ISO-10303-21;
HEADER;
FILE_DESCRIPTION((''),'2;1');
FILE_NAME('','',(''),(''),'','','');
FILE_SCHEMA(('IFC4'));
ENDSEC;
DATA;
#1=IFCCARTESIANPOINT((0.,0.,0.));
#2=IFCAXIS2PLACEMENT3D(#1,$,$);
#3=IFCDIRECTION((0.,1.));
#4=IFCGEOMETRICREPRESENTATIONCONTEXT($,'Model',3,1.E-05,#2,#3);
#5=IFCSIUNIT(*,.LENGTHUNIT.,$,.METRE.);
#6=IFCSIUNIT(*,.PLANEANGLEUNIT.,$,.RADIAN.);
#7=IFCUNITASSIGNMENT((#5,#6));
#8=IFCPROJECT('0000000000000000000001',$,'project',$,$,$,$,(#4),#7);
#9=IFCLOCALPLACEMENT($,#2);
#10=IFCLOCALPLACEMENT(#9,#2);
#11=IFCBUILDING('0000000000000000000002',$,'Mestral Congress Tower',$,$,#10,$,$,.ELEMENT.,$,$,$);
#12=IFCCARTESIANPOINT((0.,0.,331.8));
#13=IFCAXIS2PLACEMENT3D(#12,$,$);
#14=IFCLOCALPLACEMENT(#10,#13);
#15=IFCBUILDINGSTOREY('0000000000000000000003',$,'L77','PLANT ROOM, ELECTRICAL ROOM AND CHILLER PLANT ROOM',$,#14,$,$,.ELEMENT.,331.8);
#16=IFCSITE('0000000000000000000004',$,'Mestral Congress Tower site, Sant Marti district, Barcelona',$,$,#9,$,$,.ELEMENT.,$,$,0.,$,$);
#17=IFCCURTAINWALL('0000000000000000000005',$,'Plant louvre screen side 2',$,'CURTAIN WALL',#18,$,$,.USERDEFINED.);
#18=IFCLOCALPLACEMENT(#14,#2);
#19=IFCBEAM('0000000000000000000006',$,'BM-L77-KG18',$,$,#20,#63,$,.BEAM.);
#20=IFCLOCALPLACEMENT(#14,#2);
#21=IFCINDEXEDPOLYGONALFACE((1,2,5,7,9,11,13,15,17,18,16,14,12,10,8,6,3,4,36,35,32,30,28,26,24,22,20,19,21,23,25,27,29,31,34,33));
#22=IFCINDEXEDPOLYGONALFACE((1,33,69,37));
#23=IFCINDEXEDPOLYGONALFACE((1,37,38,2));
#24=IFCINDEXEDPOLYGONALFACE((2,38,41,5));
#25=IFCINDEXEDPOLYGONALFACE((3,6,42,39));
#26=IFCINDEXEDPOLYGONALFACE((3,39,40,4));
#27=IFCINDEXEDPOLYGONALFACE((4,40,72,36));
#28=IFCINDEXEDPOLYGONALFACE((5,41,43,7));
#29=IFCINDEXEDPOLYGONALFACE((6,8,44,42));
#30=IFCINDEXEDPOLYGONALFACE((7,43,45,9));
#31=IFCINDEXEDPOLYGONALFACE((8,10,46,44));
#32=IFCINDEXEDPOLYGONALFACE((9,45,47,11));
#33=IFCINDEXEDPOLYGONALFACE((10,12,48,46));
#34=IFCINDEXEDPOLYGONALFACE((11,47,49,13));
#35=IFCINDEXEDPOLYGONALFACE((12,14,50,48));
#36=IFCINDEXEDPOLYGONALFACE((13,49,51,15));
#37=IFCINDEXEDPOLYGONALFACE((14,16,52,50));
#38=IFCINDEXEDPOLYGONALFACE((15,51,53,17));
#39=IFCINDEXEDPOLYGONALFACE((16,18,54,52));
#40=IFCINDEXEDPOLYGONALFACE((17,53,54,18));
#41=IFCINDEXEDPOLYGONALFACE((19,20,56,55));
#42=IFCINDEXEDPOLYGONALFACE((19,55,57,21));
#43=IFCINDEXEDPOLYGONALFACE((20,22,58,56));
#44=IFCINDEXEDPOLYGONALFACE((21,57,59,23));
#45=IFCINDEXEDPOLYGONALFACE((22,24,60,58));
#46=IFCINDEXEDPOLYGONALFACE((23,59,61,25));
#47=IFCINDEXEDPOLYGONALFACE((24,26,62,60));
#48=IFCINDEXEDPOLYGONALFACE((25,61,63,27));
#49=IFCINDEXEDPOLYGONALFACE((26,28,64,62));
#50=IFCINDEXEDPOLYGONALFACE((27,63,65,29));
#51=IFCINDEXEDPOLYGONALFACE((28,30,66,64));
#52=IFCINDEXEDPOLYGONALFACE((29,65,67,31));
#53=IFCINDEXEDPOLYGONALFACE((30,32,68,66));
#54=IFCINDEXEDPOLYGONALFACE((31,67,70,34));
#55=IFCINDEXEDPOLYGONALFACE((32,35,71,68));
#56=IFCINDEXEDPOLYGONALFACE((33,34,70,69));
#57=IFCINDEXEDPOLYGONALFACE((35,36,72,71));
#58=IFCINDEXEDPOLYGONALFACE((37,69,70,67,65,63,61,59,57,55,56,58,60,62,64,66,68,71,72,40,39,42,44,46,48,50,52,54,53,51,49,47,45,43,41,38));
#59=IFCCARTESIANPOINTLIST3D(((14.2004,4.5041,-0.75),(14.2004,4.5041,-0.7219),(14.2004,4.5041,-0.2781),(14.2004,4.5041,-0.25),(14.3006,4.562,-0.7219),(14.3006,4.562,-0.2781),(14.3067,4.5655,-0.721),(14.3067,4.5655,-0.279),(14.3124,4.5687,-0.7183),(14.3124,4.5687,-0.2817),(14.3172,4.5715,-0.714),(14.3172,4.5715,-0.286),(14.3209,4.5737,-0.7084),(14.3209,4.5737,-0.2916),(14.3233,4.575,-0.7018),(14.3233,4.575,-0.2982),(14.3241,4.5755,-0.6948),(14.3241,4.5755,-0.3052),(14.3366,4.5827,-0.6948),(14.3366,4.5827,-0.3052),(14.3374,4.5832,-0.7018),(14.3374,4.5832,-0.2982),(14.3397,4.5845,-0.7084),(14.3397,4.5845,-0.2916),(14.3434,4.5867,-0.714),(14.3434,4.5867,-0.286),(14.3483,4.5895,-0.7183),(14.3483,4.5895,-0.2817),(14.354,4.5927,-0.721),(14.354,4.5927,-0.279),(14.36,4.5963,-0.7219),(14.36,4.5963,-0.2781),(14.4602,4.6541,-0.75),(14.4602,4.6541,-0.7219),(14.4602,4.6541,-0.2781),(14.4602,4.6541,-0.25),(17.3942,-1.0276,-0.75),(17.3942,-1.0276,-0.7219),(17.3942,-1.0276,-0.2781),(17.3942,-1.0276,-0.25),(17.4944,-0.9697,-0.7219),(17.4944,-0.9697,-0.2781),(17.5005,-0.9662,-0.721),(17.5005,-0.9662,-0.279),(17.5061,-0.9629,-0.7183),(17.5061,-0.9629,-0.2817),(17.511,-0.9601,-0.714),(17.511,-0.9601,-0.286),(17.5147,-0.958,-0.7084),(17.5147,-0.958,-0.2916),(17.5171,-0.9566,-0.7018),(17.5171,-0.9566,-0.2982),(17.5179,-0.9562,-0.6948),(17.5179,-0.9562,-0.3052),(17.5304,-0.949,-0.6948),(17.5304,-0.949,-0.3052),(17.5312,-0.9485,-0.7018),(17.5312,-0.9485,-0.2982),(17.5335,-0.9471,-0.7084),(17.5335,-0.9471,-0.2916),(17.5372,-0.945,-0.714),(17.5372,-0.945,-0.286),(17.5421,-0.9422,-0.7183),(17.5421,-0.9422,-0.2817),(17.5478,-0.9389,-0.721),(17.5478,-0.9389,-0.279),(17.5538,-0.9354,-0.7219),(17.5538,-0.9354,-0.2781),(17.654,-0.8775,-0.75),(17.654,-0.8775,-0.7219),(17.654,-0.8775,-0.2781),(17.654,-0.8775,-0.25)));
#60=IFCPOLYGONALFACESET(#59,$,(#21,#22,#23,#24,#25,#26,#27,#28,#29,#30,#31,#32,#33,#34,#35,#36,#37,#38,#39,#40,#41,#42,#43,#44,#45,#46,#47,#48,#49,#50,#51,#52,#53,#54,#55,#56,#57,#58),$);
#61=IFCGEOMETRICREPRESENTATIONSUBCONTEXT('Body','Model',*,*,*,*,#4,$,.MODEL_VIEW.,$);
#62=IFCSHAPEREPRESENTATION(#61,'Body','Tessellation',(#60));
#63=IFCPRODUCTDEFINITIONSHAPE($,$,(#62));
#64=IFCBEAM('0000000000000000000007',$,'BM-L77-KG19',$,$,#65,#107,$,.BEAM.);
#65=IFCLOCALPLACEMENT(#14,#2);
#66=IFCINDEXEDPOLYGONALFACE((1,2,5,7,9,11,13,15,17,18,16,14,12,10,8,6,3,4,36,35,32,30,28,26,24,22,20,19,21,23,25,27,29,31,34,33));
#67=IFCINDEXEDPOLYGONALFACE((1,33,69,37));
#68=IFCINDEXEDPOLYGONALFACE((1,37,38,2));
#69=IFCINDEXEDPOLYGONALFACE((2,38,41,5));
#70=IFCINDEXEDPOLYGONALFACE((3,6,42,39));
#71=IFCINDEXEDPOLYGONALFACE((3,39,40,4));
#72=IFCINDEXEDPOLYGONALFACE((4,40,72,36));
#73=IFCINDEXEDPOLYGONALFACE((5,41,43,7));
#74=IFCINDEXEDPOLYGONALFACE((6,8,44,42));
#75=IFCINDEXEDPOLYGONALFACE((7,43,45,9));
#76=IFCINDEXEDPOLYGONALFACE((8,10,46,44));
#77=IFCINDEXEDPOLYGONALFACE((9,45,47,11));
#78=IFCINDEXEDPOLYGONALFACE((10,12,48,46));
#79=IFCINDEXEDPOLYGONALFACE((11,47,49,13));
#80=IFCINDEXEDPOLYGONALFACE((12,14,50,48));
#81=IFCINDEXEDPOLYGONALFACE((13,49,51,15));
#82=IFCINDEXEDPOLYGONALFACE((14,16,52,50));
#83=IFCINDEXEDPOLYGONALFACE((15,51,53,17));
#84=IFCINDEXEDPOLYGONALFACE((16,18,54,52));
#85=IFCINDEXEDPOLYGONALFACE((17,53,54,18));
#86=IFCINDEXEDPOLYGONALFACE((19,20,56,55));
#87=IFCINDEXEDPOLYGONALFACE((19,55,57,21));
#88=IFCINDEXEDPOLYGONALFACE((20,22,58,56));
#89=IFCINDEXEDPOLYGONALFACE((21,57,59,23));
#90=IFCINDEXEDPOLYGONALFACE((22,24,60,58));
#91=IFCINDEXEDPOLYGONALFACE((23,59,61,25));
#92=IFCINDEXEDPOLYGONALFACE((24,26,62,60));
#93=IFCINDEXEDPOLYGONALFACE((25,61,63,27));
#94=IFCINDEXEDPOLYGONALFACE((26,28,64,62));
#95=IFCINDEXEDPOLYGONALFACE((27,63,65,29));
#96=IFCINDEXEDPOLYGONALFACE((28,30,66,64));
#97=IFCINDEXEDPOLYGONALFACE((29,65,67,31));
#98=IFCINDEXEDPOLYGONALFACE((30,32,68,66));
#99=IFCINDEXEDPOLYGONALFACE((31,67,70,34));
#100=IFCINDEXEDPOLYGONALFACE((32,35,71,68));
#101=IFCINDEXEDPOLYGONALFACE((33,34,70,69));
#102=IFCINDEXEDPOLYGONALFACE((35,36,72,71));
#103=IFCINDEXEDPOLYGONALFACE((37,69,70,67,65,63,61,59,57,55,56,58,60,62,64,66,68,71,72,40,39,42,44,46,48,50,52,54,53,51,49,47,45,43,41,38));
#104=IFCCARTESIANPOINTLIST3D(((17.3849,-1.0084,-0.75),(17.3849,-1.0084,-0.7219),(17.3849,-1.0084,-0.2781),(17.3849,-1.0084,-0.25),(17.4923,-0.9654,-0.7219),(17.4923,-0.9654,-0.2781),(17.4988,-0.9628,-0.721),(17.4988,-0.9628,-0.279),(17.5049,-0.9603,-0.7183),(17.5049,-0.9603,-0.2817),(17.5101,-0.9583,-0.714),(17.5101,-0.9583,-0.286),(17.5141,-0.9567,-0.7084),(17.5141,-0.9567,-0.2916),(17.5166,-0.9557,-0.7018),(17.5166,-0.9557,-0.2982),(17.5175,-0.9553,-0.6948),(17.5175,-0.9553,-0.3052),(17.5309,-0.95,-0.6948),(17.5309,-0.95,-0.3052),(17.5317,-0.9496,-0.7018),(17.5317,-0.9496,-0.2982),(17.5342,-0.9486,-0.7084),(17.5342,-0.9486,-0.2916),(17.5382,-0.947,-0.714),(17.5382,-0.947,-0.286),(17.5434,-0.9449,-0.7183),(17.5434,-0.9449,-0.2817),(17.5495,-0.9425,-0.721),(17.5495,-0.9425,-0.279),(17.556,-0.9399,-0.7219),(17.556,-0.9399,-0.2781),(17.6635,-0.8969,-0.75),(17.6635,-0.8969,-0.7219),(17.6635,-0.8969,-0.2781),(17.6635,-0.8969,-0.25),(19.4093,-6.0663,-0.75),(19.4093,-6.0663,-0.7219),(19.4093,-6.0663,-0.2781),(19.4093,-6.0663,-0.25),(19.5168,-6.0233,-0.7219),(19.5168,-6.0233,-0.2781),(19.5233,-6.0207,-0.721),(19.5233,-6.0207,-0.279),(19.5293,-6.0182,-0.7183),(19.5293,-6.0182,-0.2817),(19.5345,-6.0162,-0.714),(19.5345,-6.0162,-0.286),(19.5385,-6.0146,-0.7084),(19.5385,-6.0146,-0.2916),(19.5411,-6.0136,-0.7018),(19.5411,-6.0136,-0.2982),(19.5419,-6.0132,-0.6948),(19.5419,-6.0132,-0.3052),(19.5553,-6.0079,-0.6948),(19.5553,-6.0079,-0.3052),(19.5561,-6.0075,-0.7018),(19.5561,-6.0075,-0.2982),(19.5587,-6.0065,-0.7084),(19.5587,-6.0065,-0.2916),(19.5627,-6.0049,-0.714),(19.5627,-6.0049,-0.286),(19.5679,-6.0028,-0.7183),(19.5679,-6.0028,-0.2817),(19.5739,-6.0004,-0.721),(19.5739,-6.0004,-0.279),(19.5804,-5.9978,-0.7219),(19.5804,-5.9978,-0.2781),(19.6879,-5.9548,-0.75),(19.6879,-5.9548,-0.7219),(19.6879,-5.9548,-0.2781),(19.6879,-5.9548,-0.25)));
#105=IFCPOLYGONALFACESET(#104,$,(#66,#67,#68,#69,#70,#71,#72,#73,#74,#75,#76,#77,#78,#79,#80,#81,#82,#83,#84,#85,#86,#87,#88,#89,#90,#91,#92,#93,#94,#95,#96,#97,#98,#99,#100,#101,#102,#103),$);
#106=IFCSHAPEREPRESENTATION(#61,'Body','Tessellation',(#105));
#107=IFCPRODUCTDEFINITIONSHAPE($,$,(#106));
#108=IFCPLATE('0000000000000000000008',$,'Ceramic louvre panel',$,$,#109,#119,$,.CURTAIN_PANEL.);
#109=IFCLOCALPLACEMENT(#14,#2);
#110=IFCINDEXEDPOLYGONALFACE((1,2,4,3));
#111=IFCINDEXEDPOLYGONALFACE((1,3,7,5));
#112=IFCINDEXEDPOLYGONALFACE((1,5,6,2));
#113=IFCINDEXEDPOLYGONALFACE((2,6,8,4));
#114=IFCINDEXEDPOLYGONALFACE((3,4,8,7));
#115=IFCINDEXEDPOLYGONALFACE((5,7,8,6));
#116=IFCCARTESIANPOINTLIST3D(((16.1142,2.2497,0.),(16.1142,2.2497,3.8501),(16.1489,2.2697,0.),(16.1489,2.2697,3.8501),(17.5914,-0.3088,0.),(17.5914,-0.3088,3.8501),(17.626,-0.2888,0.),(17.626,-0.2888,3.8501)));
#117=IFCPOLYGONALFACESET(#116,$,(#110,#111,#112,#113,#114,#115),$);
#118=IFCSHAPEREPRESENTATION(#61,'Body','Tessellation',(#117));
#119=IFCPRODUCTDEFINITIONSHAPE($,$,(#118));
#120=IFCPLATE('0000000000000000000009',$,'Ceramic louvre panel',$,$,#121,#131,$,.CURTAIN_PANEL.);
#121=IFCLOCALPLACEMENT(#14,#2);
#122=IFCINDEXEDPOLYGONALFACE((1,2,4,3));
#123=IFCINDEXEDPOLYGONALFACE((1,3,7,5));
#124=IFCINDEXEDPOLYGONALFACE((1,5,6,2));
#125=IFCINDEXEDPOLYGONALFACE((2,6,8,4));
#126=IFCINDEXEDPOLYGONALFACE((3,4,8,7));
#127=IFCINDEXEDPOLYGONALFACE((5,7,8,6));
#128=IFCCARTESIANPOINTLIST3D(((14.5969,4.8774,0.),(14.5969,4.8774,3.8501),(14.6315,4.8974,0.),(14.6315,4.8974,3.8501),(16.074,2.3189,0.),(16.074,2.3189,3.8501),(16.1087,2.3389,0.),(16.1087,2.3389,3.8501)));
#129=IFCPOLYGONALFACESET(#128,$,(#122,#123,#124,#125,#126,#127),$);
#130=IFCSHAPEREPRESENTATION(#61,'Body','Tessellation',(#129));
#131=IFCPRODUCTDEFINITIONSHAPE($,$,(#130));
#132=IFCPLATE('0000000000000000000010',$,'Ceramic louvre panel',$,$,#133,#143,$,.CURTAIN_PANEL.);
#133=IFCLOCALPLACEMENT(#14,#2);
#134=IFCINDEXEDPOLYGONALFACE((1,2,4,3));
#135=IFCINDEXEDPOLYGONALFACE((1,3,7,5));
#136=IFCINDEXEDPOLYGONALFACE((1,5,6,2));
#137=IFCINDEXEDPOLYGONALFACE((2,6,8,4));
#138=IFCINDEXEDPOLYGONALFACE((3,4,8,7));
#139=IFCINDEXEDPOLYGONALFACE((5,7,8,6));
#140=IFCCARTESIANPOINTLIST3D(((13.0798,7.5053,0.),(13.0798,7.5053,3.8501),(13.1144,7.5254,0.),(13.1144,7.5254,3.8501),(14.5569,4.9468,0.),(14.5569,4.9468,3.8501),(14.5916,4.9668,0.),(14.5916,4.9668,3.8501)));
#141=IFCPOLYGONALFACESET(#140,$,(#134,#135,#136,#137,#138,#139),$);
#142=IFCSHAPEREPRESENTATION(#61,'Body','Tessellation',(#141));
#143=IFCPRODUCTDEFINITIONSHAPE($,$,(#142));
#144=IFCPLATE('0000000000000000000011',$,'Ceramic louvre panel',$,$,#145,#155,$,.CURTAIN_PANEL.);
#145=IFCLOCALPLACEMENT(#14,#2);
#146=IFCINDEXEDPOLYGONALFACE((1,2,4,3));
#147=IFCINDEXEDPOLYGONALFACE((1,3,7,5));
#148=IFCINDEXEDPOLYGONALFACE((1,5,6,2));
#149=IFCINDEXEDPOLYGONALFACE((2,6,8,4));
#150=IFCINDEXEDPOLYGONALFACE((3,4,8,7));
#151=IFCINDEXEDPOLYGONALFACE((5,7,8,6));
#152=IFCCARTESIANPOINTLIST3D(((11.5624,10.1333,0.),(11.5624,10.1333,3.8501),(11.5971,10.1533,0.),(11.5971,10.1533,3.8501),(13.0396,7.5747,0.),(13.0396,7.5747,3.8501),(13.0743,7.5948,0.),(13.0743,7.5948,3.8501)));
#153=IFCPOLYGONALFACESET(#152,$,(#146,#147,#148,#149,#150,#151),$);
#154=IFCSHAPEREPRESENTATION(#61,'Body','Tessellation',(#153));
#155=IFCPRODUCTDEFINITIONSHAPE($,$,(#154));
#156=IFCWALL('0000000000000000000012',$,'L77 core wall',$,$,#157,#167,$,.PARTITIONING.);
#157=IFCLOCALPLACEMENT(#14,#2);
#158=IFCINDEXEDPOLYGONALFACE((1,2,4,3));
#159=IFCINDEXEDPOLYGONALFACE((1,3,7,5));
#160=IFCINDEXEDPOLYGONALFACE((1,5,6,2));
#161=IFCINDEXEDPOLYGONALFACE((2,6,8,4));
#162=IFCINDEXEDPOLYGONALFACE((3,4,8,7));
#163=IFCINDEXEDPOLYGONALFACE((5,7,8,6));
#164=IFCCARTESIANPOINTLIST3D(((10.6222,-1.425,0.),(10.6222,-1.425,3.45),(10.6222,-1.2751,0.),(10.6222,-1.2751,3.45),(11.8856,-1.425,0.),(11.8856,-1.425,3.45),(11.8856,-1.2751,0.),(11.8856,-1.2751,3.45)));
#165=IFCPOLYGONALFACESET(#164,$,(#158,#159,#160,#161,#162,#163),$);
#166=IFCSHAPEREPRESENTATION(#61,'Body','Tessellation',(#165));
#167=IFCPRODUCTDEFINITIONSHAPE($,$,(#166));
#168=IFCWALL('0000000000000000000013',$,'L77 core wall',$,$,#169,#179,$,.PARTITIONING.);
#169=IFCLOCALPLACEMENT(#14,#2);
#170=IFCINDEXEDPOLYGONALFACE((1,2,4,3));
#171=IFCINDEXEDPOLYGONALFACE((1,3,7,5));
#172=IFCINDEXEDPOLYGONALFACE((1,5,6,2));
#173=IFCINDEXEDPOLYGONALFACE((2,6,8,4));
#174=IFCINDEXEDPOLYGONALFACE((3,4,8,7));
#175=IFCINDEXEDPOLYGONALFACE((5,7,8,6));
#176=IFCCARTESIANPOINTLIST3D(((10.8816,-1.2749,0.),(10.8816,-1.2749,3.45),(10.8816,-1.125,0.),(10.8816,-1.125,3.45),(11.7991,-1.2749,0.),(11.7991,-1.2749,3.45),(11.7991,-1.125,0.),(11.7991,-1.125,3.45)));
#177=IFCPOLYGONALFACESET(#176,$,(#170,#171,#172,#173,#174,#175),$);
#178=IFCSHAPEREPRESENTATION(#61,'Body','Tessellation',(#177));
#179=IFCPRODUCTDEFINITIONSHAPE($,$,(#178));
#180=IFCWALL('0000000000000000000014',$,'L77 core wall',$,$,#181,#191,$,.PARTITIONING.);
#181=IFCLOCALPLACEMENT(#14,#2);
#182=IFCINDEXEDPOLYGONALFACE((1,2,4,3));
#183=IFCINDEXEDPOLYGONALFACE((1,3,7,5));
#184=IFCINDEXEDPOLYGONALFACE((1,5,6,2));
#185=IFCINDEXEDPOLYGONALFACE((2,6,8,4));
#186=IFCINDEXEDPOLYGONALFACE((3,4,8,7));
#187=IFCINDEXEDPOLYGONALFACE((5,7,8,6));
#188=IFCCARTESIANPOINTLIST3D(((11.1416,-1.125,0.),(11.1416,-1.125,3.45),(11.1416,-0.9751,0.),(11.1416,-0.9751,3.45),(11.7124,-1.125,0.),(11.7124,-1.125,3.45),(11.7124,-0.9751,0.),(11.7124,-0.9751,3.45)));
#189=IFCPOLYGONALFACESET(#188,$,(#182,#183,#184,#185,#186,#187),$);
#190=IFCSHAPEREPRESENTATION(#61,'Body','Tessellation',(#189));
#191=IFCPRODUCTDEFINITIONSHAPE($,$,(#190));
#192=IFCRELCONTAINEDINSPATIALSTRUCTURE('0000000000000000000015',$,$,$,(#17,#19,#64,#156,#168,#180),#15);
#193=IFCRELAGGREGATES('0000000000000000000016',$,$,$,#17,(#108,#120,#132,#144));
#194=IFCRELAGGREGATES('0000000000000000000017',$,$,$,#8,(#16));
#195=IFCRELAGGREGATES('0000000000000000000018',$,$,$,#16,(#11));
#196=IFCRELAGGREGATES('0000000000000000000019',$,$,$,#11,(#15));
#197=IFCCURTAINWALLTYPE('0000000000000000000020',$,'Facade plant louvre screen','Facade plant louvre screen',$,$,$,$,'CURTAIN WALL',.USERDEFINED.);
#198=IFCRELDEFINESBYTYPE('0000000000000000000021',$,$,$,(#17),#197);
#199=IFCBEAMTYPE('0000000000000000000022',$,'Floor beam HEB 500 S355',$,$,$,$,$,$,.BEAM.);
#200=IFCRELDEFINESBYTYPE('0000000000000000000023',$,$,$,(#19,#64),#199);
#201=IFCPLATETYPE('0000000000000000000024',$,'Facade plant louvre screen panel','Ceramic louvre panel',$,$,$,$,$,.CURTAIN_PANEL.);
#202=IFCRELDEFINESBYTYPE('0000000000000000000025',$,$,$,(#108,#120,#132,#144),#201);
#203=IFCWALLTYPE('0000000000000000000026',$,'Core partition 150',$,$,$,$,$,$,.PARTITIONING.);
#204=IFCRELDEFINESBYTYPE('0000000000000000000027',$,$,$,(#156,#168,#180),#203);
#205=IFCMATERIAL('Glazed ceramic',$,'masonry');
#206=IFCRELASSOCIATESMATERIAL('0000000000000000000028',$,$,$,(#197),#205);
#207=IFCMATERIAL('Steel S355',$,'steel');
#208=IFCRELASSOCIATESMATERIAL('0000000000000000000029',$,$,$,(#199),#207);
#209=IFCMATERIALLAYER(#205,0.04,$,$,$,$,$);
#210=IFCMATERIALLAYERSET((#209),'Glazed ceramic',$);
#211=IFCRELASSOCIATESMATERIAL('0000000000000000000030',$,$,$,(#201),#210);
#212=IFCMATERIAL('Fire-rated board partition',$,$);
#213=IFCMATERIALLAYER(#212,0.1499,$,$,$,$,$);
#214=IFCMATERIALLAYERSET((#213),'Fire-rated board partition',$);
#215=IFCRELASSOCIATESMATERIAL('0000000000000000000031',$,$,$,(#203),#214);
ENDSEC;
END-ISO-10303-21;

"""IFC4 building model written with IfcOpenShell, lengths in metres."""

from ifc_helpers import new_model, si_unit, direction, frame, frame_2d, origin, origin_2d, place, context, subcontext, project, spatial, rectangle, i_section, extrude, material, layer, layer_set, material_profile, profile_set, type_object, element, aggregate, save


model = new_model("IFC4")

# Units and contexts
model_context = context("Model", 3, precision=1e-05, world=origin(), true_north=direction((0.0, 1.0)))
body_context = subcontext(model_context, "Body", "Model", "MODEL_VIEW")
ifc_project = project(units=[si_unit("LENGTHUNIT", "METRE"), si_unit("PLANEANGLEUNIT", "RADIAN")], contexts=[model_context])

# Site, building, storey
site_placement = place(None, origin())
site = spatial("IfcSite", under=ifc_project, at=site_placement, Name="Mestral Congress Tower site, Sant Marti district, Barcelona", CompositionType="ELEMENT", RefElevation=0.0)
building_placement = place(site_placement, origin())
building = spatial("IfcBuilding", under=site, at=building_placement, Name="Mestral Congress Tower", CompositionType="ELEMENT")
storey_placement = place(building_placement, frame((0.0, 0.0, 331.8)))
storey = spatial("IfcBuildingStorey", under=building, at=storey_placement, Name="L77", Description="PLANT ROOM, ELECTRICAL ROOM AND CHILLER PLANT ROOM", CompositionType="ELEMENT", Elevation=331.8)

# Shared definitions
ifc_material_1 = material(Name="Steel S355", Category="steel")

# Curtain wall
ifc_material_2 = material(Name="Glazed ceramic", Category="masonry")
curtain_wall_type = type_object("IfcCurtainWallType", Name="Facade plant louvre screen", Description="Facade plant louvre screen", ElementType="CURTAIN WALL", PredefinedType="USERDEFINED", material=ifc_material_2)
curtain_wall_placement = place(storey_placement, origin())
curtain_wall = element("IfcCurtainWall", 1, at=curtain_wall_placement, inside=storey, type_object=curtain_wall_type, Name="Plant louvre screen side 2", ObjectType="CURTAIN WALL", PredefinedType="USERDEFINED")

# Beams
ifc_material_profile_1 = material_profile(ifc_material_1, i_section(OverallWidth=0.3, OverallDepth=0.5, WebThickness=0.0144, FlangeThickness=0.0281, FilletRadius=0.0271, at=origin_2d()), Name="HEB 500")
ifc_profile_set_1 = profile_set([ifc_material_profile_1], Name="Steel S355")
beam_type_1 = type_object("IfcBeamType", Name="Floor beam HEB 500 S355", PredefinedType="BEAM", material=ifc_profile_set_1)
beam_1_placement = place(storey_placement, frame((14.3303, 4.5791, -0.5), z_axis=(0.500011, -0.866019, 0.0), x_axis=(0.866019, 0.500011, 0.0)))
element("IfcBeam", 2, at=beam_1_placement, inside=storey, type_object=beam_type_1, Name="BM-L77-KG18", PredefinedType="BEAM", context=body_context, shape_type="SweptSolid", body=[
    extrude(i_section(OverallWidth=0.3, OverallDepth=0.5, WebThickness=0.0144, FlangeThickness=0.0281, FilletRadius=0.0271, at=origin_2d()), origin(), (0.0, 0.0, 1.0), 6.3875),
])
beam_2_placement = place(storey_placement, frame((17.5242, -0.9526, -0.5), z_axis=(0.371592, -0.928396, 0.0), x_axis=(0.928396, 0.371592, 0.0)))
element("IfcBeam", 3, at=beam_2_placement, inside=storey, type_object=beam_type_1, Name="BM-L77-KG19", PredefinedType="BEAM", context=body_context, shape_type="SweptSolid", body=[
    extrude(i_section(OverallWidth=0.3, OverallDepth=0.5, WebThickness=0.0144, FlangeThickness=0.0281, FilletRadius=0.0271, at=origin_2d()), origin(), (0.0, 0.0, 1.0), 5.448),
])

# Plates
ifc_layer_1 = layer(ifc_material_2, 0.04)
ifc_layer_set_1 = layer_set([ifc_layer_1], Name="Glazed ceramic")
plate_type = type_object("IfcPlateType", Name="Facade plant louvre screen panel", Description="Ceramic louvre panel", PredefinedType="CURTAIN_PANEL", material=ifc_layer_set_1)
plate_1_placement = place(storey_placement, frame((16.8701, 0.9805, 0.0), z_axis=(0.0, 0.0, 1.0), x_axis=(-0.500002, 0.866025, 0.0)))
plate_1 = element("IfcPlate", 4, at=plate_1_placement, type_object=plate_type, Name="Ceramic louvre panel", PredefinedType="CURTAIN_PANEL", context=body_context, shape_type="SweptSolid", body=[
    extrude(rectangle(XDim=2.9543, YDim=0.04, at=origin_2d()), origin(), (0.0, 0.0, 1.0), 3.8501),
])
plate_2_placement = place(storey_placement, frame((15.3528, 3.6082, 0.0), z_axis=(0.0, 0.0, 1.0), x_axis=(-0.500002, 0.866025, 0.0)))
plate_2 = element("IfcPlate", 5, at=plate_2_placement, type_object=plate_type, Name="Ceramic louvre panel", PredefinedType="CURTAIN_PANEL", context=body_context, shape_type="SweptSolid", body=[
    extrude(rectangle(XDim=2.9543, YDim=0.04, at=origin_2d()), origin(), (0.0, 0.0, 1.0), 3.8501),
])
plate_3_placement = place(storey_placement, frame((13.8357, 6.2361, 0.0), z_axis=(0.0, 0.0, 1.0), x_axis=(-0.500002, 0.866025, 0.0)))
plate_3 = element("IfcPlate", 6, at=plate_3_placement, type_object=plate_type, Name="Ceramic louvre panel", PredefinedType="CURTAIN_PANEL", context=body_context, shape_type="SweptSolid", body=[
    extrude(rectangle(XDim=2.9543, YDim=0.04, at=origin_2d()), origin(), (0.0, 0.0, 1.0), 3.8501),
])
plate_4_placement = place(storey_placement, frame((12.3184, 8.864, 0.0), z_axis=(0.0, 0.0, 1.0), x_axis=(-0.500002, 0.866025, 0.0)))
plate_4 = element("IfcPlate", 7, at=plate_4_placement, type_object=plate_type, Name="Ceramic louvre panel", PredefinedType="CURTAIN_PANEL", context=body_context, shape_type="SweptSolid", body=[
    extrude(rectangle(XDim=2.9543, YDim=0.04, at=origin_2d()), origin(), (0.0, 0.0, 1.0), 3.8501),
])
aggregate(curtain_wall, [plate_1, plate_2, plate_3, plate_4])

# Walls
ifc_material_3 = material(Name="Fire-rated board partition")
ifc_layer_2 = layer(ifc_material_3, 0.1499)
ifc_layer_set_2 = layer_set([ifc_layer_2], Name="Fire-rated board partition")
wall_type_1 = type_object("IfcWallType", Name="Core partition 150", PredefinedType="PARTITIONING", material=ifc_layer_set_2)
wall_1_placement = place(storey_placement, frame((10.6221, -1.3501, 0.0), z_axis=(0.0, 0.0, 1.0), x_axis=(1.0, 0.0, 0.0)))
element("IfcWall", 8, at=wall_1_placement, inside=storey, type_object=wall_type_1, Name="L77 core wall", PredefinedType="PARTITIONING", context=body_context, shape_type="SweptSolid", body=[
    extrude(rectangle(XDim=1.2634, YDim=0.1499, at=frame_2d((0.6318, 0.0))), origin(), (0.0, 0.0, 1.0), 3.45),
])
wall_2_placement = place(storey_placement, frame((10.8816, -1.2, 0.0), z_axis=(0.0, 0.0, 1.0), x_axis=(1.0, 0.0, 0.0)))
element("IfcWall", 9, at=wall_2_placement, inside=storey, type_object=wall_type_1, Name="L77 core wall", PredefinedType="PARTITIONING", context=body_context, shape_type="SweptSolid", body=[
    extrude(rectangle(XDim=0.9175, YDim=0.1499, at=frame_2d((0.4587, 0.0))), origin(), (0.0, 0.0, 1.0), 3.45),
])
wall_3_placement = place(storey_placement, frame((11.7124, -1.05, 0.0), z_axis=(0.0, 0.0, 1.0), x_axis=(-1.0, 0.0, 0.0)))
element("IfcWall", 10, at=wall_3_placement, inside=storey, type_object=wall_type_1, Name="L77 core wall", PredefinedType="PARTITIONING", context=body_context, shape_type="SweptSolid", body=[
    extrude(rectangle(XDim=0.5708, YDim=0.1499, at=frame_2d((0.2854, 0.0))), origin(), (0.0, 0.0, 1.0), 3.45),
])

save(model, "model.ifc")
